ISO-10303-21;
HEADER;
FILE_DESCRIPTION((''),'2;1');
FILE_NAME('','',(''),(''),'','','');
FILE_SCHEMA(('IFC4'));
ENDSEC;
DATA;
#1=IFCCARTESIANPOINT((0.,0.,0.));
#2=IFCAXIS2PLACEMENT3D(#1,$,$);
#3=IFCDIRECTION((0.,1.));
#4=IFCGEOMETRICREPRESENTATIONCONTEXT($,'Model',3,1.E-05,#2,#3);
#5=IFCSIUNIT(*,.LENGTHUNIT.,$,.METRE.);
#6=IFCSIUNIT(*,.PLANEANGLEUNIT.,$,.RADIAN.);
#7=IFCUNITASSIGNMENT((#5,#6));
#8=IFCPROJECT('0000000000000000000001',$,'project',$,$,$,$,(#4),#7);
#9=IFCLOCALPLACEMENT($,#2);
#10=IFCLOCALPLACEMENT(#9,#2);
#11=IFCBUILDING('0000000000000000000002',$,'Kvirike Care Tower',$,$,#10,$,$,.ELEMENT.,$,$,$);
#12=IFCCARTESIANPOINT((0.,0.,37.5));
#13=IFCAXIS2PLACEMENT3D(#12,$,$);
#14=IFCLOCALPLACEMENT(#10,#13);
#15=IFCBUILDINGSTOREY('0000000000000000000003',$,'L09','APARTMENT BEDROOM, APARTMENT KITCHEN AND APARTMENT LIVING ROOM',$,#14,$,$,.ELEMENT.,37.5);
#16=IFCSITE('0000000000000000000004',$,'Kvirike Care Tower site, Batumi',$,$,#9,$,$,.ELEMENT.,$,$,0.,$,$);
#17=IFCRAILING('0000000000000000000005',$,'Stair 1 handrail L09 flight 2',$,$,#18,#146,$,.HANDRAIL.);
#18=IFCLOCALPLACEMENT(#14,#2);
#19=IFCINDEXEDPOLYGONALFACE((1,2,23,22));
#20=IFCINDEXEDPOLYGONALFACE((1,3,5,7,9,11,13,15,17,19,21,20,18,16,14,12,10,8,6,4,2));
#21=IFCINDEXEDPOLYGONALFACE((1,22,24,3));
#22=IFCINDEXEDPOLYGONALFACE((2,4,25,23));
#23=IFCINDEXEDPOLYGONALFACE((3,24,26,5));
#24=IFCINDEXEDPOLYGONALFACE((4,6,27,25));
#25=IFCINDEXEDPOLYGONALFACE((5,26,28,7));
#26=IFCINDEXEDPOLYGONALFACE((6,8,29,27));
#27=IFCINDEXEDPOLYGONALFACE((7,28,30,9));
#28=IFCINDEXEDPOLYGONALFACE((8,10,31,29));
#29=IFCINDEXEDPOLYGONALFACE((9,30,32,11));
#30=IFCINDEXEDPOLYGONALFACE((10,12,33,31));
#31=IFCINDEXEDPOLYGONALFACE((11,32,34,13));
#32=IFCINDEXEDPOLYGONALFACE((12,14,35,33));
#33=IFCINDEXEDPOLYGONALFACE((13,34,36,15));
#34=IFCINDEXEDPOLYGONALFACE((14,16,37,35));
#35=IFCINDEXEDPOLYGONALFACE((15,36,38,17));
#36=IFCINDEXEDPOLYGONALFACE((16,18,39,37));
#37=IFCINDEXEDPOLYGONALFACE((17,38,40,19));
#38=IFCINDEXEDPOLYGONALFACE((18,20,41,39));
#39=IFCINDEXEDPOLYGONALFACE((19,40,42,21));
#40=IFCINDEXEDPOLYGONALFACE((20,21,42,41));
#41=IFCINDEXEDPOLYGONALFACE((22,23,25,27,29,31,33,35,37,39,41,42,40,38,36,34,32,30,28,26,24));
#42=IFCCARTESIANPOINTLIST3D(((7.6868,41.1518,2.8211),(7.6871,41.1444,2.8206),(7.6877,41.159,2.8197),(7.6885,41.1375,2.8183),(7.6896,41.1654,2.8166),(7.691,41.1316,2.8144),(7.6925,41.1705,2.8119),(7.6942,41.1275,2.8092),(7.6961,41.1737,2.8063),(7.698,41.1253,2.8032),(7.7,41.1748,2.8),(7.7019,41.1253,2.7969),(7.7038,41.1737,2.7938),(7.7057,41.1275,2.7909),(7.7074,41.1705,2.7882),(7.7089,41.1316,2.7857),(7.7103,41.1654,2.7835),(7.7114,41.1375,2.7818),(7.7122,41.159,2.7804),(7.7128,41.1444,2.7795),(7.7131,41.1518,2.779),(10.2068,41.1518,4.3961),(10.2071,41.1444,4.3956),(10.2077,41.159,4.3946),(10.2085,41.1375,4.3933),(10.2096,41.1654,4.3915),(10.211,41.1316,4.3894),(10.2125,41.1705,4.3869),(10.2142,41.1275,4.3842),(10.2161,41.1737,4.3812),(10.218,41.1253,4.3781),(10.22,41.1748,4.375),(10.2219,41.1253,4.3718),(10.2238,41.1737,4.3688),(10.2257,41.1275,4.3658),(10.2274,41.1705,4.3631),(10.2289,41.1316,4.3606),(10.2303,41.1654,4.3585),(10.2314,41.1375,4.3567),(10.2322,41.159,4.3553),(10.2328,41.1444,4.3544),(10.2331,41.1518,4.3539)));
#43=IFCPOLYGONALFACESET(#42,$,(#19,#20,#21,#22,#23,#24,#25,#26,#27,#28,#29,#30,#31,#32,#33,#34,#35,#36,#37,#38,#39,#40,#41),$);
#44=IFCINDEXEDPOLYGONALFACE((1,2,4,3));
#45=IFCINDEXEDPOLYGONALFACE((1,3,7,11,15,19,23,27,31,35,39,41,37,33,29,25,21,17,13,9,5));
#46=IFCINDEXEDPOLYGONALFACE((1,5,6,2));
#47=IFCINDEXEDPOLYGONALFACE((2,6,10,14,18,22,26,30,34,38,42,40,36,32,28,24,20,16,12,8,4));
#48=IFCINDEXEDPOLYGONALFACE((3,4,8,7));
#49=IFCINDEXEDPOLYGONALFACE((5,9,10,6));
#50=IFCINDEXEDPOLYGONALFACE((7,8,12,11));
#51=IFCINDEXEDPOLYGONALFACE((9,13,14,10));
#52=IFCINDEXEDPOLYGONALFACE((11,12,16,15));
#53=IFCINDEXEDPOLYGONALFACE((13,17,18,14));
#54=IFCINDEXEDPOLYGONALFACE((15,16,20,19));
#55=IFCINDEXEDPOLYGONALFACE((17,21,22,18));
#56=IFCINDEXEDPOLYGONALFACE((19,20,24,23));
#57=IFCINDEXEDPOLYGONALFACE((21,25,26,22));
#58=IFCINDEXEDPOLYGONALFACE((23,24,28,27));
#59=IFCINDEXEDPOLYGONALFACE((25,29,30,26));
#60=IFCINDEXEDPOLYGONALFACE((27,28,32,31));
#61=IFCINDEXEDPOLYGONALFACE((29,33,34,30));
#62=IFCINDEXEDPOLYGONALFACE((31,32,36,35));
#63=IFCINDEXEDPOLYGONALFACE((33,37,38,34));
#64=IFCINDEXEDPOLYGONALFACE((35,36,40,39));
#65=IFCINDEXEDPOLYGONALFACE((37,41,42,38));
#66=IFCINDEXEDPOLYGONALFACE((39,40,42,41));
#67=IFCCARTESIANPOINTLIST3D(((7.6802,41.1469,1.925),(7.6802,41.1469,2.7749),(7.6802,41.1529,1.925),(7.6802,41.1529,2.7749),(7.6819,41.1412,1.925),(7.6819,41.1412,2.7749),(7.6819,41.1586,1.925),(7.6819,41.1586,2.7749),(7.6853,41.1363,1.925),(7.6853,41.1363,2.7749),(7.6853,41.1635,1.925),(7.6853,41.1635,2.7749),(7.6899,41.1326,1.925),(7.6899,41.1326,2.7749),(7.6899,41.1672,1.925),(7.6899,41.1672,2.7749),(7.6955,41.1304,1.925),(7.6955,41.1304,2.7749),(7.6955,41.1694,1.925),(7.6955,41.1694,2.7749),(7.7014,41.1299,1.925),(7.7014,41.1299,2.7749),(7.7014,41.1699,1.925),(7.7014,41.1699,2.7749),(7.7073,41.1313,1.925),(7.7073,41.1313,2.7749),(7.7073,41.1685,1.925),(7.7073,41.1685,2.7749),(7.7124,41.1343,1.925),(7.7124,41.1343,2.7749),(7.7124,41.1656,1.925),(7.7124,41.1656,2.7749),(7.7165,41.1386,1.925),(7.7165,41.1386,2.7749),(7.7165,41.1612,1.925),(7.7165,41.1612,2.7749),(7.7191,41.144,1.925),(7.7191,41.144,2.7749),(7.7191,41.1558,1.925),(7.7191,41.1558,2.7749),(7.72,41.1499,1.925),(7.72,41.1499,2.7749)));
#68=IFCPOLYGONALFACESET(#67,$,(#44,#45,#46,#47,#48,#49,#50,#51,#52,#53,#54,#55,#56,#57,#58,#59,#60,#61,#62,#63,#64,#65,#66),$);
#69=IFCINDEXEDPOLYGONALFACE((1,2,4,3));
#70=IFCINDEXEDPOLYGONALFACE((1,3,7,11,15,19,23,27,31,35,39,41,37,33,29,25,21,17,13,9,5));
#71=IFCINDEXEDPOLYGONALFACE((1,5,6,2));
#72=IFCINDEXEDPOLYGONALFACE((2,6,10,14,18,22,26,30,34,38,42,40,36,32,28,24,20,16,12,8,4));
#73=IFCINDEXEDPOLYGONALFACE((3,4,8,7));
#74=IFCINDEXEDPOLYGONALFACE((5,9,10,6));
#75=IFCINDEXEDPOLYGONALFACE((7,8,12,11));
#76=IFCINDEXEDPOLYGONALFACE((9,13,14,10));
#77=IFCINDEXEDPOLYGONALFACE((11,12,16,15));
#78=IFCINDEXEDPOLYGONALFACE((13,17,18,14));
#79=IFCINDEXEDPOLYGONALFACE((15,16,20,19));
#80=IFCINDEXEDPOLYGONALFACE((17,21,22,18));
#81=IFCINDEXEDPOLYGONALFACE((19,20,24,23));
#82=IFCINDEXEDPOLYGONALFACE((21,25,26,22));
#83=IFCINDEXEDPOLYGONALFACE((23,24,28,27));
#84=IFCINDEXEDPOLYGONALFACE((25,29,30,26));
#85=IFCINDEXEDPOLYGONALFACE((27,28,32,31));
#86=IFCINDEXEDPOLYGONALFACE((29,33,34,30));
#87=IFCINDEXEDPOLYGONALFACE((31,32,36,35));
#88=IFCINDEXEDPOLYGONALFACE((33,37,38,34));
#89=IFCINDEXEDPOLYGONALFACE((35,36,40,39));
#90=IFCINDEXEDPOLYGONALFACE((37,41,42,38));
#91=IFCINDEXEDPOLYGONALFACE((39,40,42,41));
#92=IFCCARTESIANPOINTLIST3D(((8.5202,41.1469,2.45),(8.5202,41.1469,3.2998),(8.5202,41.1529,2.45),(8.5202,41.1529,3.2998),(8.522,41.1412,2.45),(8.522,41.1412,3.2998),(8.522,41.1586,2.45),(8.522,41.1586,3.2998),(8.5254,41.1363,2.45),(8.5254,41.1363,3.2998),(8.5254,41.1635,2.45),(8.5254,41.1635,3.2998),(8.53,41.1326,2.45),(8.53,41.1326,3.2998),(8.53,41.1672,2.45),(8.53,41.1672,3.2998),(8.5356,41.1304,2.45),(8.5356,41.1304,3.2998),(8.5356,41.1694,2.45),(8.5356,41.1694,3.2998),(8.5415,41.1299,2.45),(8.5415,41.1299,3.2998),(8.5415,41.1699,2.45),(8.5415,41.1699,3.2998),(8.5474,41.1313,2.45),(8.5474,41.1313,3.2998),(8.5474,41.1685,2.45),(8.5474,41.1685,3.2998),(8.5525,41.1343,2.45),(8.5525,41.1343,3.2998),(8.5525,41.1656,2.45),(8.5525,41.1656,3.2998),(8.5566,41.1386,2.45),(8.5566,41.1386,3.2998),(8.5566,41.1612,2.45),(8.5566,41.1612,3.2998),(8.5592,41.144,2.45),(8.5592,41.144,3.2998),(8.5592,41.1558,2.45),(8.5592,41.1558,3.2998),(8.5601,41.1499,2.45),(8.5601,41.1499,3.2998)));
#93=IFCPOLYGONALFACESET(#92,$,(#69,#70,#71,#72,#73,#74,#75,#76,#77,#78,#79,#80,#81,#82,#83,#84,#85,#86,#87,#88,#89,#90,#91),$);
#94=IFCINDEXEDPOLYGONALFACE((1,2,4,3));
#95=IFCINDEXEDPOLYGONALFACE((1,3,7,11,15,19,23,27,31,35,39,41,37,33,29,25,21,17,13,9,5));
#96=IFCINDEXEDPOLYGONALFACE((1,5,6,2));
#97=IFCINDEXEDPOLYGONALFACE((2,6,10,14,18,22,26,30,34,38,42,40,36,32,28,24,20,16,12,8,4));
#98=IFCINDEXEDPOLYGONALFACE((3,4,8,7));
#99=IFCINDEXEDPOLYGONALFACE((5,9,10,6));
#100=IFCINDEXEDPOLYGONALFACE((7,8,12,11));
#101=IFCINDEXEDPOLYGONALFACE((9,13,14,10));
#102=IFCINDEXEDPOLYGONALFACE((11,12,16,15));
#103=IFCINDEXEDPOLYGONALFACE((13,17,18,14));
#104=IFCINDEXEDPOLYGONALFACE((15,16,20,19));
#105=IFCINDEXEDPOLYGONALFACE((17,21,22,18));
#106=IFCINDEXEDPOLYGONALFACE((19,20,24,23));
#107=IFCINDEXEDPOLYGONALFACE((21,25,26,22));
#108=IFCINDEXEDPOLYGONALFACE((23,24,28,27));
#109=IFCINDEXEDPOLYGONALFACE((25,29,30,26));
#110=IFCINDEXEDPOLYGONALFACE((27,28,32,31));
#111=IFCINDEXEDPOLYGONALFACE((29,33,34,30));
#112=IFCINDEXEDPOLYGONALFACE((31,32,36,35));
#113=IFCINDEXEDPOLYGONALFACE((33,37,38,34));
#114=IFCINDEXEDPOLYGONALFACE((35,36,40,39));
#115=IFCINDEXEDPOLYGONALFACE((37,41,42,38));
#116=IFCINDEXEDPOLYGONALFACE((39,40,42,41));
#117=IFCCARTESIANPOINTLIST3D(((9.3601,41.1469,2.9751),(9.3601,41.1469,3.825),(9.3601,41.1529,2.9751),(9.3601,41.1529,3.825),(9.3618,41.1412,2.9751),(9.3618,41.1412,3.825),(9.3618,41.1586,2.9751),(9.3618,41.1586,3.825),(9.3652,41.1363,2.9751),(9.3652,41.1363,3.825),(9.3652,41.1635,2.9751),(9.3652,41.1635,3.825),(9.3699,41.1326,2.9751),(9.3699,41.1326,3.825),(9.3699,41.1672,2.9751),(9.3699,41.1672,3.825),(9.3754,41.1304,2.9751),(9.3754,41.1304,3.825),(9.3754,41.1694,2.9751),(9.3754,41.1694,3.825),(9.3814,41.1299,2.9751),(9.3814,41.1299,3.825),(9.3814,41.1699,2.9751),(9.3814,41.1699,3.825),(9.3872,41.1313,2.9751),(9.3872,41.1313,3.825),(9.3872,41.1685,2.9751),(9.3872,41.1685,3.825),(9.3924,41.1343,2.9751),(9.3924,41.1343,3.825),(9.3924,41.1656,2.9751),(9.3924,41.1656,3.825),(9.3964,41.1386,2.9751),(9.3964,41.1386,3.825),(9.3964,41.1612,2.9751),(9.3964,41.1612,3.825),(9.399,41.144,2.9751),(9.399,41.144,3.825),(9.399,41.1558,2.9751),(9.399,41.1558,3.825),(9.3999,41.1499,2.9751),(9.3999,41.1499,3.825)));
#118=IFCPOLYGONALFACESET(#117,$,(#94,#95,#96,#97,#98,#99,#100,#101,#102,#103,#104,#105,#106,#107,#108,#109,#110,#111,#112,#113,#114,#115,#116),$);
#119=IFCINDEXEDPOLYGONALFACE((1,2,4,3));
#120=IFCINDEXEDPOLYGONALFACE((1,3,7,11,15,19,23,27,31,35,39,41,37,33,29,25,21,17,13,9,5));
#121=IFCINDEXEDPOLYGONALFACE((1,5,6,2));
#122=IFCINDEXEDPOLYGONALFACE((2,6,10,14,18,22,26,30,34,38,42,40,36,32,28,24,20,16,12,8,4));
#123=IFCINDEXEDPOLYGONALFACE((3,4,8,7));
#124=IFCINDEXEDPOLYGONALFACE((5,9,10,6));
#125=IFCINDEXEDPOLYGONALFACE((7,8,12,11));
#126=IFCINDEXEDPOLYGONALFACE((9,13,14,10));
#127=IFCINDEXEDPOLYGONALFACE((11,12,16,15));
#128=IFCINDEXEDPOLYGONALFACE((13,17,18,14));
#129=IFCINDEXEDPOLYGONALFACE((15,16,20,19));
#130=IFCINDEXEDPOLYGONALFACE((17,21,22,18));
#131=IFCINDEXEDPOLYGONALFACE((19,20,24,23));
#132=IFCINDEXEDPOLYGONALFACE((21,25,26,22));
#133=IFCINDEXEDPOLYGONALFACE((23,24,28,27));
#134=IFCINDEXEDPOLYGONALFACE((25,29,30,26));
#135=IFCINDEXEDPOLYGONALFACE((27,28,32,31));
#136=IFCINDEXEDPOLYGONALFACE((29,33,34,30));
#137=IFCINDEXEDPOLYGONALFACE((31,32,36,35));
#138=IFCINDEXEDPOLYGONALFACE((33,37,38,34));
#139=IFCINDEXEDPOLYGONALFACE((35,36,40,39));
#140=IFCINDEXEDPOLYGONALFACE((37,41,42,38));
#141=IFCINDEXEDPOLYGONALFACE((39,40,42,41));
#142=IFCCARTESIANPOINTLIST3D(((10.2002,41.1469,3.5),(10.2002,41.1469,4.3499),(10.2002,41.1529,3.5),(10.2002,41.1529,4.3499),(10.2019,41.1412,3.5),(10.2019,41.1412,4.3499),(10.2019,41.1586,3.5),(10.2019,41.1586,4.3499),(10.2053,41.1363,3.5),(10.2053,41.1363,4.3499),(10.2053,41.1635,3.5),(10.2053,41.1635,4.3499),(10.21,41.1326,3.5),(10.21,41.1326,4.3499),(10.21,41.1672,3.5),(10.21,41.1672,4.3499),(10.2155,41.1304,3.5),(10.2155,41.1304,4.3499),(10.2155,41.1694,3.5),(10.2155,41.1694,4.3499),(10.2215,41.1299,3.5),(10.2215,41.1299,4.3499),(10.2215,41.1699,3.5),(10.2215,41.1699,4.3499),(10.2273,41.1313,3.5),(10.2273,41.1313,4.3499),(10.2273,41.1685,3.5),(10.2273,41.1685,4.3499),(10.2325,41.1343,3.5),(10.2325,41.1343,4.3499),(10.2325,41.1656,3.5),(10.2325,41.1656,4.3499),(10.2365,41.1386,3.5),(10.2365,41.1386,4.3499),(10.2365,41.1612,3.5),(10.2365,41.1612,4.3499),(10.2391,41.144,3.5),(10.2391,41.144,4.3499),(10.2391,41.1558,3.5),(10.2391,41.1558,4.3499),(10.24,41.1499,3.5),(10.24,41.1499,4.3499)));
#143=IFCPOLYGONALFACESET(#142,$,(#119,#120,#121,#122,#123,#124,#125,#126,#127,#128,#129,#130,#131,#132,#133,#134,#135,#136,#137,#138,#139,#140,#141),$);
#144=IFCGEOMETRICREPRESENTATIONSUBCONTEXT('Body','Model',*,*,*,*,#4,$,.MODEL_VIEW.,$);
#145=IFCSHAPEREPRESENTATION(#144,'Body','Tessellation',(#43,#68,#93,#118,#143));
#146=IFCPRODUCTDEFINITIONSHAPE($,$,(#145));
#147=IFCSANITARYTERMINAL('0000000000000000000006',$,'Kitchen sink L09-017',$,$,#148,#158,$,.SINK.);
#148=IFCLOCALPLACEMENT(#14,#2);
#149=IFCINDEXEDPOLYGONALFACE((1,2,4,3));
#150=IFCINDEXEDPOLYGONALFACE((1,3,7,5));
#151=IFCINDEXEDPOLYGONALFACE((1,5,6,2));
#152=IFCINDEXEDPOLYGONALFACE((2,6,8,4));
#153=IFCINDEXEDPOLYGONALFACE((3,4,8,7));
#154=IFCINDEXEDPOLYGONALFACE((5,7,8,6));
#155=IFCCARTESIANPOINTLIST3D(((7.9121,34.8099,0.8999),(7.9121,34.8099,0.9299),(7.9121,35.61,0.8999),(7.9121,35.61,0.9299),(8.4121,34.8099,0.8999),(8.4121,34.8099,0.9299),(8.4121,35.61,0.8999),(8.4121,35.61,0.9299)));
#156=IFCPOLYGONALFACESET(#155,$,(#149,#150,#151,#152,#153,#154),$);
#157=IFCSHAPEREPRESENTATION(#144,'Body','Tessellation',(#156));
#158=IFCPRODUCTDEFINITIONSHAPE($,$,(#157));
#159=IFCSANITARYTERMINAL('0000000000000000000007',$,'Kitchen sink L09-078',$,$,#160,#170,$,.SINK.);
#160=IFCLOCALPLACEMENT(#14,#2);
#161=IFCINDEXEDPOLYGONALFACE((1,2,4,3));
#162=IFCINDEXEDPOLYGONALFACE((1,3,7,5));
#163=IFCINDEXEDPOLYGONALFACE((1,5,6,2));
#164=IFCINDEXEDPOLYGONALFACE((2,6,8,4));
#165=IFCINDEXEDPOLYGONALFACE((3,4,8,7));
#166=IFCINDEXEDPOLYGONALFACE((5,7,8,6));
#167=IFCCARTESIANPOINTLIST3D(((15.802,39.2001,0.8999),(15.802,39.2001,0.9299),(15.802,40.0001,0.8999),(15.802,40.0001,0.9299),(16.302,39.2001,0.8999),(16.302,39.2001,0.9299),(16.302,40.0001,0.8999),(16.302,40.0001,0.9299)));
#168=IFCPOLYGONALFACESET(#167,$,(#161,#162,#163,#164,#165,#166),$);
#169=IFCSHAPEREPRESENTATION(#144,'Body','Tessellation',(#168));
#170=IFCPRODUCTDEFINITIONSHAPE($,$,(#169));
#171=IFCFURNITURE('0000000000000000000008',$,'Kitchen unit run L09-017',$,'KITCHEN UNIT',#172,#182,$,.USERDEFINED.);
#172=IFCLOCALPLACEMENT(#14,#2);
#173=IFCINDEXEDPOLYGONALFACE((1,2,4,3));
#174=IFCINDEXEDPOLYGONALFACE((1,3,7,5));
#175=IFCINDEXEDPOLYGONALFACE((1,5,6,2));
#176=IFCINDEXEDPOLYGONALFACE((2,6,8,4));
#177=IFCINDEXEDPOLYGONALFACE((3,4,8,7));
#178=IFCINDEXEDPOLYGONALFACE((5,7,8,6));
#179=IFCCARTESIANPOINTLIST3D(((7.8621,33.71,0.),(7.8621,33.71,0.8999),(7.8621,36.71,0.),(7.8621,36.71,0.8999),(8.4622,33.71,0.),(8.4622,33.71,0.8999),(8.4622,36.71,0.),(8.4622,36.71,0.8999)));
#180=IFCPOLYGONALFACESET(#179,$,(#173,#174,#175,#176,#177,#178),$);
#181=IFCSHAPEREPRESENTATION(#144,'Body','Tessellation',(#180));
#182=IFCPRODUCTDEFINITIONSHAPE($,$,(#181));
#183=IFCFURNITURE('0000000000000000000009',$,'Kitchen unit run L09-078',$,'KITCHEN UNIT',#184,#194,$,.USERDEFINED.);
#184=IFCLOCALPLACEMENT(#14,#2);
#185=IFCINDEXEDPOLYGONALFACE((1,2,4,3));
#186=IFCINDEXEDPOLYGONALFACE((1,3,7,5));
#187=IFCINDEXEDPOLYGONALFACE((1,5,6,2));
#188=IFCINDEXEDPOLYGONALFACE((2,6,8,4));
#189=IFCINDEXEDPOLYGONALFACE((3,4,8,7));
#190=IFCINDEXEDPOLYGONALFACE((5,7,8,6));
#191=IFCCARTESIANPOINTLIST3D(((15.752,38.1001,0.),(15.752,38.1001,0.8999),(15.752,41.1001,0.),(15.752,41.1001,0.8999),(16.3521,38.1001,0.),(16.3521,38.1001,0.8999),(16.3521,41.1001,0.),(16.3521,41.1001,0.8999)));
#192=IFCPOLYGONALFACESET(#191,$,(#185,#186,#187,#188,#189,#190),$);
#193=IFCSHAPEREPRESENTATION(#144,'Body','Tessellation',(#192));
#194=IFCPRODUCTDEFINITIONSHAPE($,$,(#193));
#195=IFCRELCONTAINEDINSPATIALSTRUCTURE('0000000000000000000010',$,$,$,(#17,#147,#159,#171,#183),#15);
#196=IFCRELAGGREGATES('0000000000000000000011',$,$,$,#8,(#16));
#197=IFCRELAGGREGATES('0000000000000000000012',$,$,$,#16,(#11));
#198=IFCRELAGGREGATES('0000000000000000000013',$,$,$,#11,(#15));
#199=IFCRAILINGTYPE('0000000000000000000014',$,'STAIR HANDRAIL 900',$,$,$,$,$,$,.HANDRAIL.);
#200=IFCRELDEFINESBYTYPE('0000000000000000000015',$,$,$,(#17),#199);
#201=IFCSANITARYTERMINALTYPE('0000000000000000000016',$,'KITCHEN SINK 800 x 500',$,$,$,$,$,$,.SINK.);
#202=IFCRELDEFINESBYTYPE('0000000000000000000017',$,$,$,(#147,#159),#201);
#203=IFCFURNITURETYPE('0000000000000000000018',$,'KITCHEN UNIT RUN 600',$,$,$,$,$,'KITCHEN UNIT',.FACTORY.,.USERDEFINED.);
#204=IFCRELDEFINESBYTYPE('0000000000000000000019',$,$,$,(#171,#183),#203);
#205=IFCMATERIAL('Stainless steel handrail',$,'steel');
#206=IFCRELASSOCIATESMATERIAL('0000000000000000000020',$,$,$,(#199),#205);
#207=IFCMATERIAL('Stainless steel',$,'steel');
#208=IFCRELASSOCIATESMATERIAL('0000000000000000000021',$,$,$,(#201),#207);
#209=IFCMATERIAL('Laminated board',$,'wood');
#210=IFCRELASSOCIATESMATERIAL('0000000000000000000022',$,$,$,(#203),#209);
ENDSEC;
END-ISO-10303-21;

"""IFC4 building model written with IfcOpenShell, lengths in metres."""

from ifc_helpers import new_model, si_unit, direction, frame, origin, origin_2d, place, context, subcontext, project, spatial, rectangle, circle, extrude, material, type_object, element, save


model = new_model("IFC4")

# Units and contexts
model_context = context("Model", 3, precision=1e-05, world=origin(), true_north=direction((0.0, 1.0)))
body_context = subcontext(model_context, "Body", "Model", "MODEL_VIEW")
ifc_project = project(units=[si_unit("LENGTHUNIT", "METRE"), si_unit("PLANEANGLEUNIT", "RADIAN")], contexts=[model_context])

# Site, building, storey
site_placement = place(None, origin())
site = spatial("IfcSite", under=ifc_project, at=site_placement, Name="Kvirike Care Tower site, Batumi", CompositionType="ELEMENT", RefElevation=0.0)
building_placement = place(site_placement, origin())
building = spatial("IfcBuilding", under=site, at=building_placement, Name="Kvirike Care Tower", CompositionType="ELEMENT")
storey_placement = place(building_placement, frame((0.0, 0.0, 37.5)))
storey = spatial("IfcBuildingStorey", under=building, at=storey_placement, Name="L09", Description="APARTMENT BEDROOM, APARTMENT KITCHEN AND APARTMENT LIVING ROOM", CompositionType="ELEMENT", Elevation=37.5)

# Railing
ifc_material_1 = material(Name="Stainless steel handrail", Category="steel")
railing_type = type_object("IfcRailingType", Name="STAIR HANDRAIL 900", PredefinedType="HANDRAIL", material=ifc_material_1)
railing_1_placement = place(storey_placement, frame((7.7, 41.1499, 1.925)))
element("IfcRailing", 1, at=railing_1_placement, inside=storey, type_object=railing_type, Name="Stair 1 handrail L09 flight 2", PredefinedType="HANDRAIL", context=body_context, shape_type="SweptSolid", body=[
    extrude(circle(Radius=0.0249, at=origin_2d()), frame((0.0, 0.0, 0.875), z_axis=(0.848008, 0.0, 0.529984), x_axis=(0.0, 1.0, 0.0)), (0.0, 0.0, 1.0), 2.9717),
    extrude(circle(Radius=0.02, at=origin_2d()), origin(), (0.0, 0.0, 1.0), 0.8499),
    extrude(circle(Radius=0.02, at=origin_2d()), frame((0.8401, 0.0, 0.5249)), (0.0, 0.0, 1.0), 0.8499),
    extrude(circle(Radius=0.02, at=origin_2d()), frame((1.6799, 0.0, 1.05)), (0.0, 0.0, 1.0), 0.8499),
    extrude(circle(Radius=0.02, at=origin_2d()), frame((2.52, 0.0, 1.575)), (0.0, 0.0, 1.0), 0.8499),
])

# Sanitary terminals
ifc_material_2 = material(Name="Stainless steel", Category="steel")
sanitary_terminal_type = type_object("IfcSanitaryTerminalType", Name="KITCHEN SINK 800 x 500", PredefinedType="SINK", material=ifc_material_2)
for number, where, z_axis, x_axis, name in (
    (2, (8.1621, 35.21, 0.8999), (0.0, 0.0, 1.0), (0.0, 1.0, 0.0), "Kitchen sink L09-017"),
    (3, (16.052, 39.6001, 0.8999), (0.0, 0.0, 1.0), (0.0, 1.0, 0.0), "Kitchen sink L09-078"),
):
    element("IfcSanitaryTerminal", number, at=place(storey_placement, frame(where, z_axis=z_axis, x_axis=x_axis)), inside=storey, type_object=sanitary_terminal_type, Name=name, PredefinedType="SINK", context=body_context, shape_type="SweptSolid", body=[
        extrude(rectangle(XDim=0.8, YDim=0.5, at=origin_2d()), origin(), (0.0, 0.0, 1.0), 0.03),
    ])

# Furniture
ifc_material_3 = material(Name="Laminated board", Category="wood")
furniture_type = type_object("IfcFurnitureType", Name="KITCHEN UNIT RUN 600", ElementType="KITCHEN UNIT", AssemblyPlace="FACTORY", PredefinedType="USERDEFINED", material=ifc_material_3)
for number, where, z_axis, x_axis, name in (
    (4, (8.1621, 35.21, 0.0), (0.0, 0.0, 1.0), (0.0, 1.0, 0.0), "Kitchen unit run L09-017"),
    (5, (16.052, 39.6001, 0.0), (0.0, 0.0, 1.0), (0.0, 1.0, 0.0), "Kitchen unit run L09-078"),
):
    element("IfcFurniture", number, at=place(storey_placement, frame(where, z_axis=z_axis, x_axis=x_axis)), inside=storey, type_object=furniture_type, Name=name, ObjectType="KITCHEN UNIT", PredefinedType="USERDEFINED", context=body_context, shape_type="SweptSolid", body=[
        extrude(rectangle(XDim=3.0, YDim=0.6001, at=origin_2d()), origin(), (0.0, 0.0, 1.0), 0.8999),
    ])

save(model, "model.ifc")
